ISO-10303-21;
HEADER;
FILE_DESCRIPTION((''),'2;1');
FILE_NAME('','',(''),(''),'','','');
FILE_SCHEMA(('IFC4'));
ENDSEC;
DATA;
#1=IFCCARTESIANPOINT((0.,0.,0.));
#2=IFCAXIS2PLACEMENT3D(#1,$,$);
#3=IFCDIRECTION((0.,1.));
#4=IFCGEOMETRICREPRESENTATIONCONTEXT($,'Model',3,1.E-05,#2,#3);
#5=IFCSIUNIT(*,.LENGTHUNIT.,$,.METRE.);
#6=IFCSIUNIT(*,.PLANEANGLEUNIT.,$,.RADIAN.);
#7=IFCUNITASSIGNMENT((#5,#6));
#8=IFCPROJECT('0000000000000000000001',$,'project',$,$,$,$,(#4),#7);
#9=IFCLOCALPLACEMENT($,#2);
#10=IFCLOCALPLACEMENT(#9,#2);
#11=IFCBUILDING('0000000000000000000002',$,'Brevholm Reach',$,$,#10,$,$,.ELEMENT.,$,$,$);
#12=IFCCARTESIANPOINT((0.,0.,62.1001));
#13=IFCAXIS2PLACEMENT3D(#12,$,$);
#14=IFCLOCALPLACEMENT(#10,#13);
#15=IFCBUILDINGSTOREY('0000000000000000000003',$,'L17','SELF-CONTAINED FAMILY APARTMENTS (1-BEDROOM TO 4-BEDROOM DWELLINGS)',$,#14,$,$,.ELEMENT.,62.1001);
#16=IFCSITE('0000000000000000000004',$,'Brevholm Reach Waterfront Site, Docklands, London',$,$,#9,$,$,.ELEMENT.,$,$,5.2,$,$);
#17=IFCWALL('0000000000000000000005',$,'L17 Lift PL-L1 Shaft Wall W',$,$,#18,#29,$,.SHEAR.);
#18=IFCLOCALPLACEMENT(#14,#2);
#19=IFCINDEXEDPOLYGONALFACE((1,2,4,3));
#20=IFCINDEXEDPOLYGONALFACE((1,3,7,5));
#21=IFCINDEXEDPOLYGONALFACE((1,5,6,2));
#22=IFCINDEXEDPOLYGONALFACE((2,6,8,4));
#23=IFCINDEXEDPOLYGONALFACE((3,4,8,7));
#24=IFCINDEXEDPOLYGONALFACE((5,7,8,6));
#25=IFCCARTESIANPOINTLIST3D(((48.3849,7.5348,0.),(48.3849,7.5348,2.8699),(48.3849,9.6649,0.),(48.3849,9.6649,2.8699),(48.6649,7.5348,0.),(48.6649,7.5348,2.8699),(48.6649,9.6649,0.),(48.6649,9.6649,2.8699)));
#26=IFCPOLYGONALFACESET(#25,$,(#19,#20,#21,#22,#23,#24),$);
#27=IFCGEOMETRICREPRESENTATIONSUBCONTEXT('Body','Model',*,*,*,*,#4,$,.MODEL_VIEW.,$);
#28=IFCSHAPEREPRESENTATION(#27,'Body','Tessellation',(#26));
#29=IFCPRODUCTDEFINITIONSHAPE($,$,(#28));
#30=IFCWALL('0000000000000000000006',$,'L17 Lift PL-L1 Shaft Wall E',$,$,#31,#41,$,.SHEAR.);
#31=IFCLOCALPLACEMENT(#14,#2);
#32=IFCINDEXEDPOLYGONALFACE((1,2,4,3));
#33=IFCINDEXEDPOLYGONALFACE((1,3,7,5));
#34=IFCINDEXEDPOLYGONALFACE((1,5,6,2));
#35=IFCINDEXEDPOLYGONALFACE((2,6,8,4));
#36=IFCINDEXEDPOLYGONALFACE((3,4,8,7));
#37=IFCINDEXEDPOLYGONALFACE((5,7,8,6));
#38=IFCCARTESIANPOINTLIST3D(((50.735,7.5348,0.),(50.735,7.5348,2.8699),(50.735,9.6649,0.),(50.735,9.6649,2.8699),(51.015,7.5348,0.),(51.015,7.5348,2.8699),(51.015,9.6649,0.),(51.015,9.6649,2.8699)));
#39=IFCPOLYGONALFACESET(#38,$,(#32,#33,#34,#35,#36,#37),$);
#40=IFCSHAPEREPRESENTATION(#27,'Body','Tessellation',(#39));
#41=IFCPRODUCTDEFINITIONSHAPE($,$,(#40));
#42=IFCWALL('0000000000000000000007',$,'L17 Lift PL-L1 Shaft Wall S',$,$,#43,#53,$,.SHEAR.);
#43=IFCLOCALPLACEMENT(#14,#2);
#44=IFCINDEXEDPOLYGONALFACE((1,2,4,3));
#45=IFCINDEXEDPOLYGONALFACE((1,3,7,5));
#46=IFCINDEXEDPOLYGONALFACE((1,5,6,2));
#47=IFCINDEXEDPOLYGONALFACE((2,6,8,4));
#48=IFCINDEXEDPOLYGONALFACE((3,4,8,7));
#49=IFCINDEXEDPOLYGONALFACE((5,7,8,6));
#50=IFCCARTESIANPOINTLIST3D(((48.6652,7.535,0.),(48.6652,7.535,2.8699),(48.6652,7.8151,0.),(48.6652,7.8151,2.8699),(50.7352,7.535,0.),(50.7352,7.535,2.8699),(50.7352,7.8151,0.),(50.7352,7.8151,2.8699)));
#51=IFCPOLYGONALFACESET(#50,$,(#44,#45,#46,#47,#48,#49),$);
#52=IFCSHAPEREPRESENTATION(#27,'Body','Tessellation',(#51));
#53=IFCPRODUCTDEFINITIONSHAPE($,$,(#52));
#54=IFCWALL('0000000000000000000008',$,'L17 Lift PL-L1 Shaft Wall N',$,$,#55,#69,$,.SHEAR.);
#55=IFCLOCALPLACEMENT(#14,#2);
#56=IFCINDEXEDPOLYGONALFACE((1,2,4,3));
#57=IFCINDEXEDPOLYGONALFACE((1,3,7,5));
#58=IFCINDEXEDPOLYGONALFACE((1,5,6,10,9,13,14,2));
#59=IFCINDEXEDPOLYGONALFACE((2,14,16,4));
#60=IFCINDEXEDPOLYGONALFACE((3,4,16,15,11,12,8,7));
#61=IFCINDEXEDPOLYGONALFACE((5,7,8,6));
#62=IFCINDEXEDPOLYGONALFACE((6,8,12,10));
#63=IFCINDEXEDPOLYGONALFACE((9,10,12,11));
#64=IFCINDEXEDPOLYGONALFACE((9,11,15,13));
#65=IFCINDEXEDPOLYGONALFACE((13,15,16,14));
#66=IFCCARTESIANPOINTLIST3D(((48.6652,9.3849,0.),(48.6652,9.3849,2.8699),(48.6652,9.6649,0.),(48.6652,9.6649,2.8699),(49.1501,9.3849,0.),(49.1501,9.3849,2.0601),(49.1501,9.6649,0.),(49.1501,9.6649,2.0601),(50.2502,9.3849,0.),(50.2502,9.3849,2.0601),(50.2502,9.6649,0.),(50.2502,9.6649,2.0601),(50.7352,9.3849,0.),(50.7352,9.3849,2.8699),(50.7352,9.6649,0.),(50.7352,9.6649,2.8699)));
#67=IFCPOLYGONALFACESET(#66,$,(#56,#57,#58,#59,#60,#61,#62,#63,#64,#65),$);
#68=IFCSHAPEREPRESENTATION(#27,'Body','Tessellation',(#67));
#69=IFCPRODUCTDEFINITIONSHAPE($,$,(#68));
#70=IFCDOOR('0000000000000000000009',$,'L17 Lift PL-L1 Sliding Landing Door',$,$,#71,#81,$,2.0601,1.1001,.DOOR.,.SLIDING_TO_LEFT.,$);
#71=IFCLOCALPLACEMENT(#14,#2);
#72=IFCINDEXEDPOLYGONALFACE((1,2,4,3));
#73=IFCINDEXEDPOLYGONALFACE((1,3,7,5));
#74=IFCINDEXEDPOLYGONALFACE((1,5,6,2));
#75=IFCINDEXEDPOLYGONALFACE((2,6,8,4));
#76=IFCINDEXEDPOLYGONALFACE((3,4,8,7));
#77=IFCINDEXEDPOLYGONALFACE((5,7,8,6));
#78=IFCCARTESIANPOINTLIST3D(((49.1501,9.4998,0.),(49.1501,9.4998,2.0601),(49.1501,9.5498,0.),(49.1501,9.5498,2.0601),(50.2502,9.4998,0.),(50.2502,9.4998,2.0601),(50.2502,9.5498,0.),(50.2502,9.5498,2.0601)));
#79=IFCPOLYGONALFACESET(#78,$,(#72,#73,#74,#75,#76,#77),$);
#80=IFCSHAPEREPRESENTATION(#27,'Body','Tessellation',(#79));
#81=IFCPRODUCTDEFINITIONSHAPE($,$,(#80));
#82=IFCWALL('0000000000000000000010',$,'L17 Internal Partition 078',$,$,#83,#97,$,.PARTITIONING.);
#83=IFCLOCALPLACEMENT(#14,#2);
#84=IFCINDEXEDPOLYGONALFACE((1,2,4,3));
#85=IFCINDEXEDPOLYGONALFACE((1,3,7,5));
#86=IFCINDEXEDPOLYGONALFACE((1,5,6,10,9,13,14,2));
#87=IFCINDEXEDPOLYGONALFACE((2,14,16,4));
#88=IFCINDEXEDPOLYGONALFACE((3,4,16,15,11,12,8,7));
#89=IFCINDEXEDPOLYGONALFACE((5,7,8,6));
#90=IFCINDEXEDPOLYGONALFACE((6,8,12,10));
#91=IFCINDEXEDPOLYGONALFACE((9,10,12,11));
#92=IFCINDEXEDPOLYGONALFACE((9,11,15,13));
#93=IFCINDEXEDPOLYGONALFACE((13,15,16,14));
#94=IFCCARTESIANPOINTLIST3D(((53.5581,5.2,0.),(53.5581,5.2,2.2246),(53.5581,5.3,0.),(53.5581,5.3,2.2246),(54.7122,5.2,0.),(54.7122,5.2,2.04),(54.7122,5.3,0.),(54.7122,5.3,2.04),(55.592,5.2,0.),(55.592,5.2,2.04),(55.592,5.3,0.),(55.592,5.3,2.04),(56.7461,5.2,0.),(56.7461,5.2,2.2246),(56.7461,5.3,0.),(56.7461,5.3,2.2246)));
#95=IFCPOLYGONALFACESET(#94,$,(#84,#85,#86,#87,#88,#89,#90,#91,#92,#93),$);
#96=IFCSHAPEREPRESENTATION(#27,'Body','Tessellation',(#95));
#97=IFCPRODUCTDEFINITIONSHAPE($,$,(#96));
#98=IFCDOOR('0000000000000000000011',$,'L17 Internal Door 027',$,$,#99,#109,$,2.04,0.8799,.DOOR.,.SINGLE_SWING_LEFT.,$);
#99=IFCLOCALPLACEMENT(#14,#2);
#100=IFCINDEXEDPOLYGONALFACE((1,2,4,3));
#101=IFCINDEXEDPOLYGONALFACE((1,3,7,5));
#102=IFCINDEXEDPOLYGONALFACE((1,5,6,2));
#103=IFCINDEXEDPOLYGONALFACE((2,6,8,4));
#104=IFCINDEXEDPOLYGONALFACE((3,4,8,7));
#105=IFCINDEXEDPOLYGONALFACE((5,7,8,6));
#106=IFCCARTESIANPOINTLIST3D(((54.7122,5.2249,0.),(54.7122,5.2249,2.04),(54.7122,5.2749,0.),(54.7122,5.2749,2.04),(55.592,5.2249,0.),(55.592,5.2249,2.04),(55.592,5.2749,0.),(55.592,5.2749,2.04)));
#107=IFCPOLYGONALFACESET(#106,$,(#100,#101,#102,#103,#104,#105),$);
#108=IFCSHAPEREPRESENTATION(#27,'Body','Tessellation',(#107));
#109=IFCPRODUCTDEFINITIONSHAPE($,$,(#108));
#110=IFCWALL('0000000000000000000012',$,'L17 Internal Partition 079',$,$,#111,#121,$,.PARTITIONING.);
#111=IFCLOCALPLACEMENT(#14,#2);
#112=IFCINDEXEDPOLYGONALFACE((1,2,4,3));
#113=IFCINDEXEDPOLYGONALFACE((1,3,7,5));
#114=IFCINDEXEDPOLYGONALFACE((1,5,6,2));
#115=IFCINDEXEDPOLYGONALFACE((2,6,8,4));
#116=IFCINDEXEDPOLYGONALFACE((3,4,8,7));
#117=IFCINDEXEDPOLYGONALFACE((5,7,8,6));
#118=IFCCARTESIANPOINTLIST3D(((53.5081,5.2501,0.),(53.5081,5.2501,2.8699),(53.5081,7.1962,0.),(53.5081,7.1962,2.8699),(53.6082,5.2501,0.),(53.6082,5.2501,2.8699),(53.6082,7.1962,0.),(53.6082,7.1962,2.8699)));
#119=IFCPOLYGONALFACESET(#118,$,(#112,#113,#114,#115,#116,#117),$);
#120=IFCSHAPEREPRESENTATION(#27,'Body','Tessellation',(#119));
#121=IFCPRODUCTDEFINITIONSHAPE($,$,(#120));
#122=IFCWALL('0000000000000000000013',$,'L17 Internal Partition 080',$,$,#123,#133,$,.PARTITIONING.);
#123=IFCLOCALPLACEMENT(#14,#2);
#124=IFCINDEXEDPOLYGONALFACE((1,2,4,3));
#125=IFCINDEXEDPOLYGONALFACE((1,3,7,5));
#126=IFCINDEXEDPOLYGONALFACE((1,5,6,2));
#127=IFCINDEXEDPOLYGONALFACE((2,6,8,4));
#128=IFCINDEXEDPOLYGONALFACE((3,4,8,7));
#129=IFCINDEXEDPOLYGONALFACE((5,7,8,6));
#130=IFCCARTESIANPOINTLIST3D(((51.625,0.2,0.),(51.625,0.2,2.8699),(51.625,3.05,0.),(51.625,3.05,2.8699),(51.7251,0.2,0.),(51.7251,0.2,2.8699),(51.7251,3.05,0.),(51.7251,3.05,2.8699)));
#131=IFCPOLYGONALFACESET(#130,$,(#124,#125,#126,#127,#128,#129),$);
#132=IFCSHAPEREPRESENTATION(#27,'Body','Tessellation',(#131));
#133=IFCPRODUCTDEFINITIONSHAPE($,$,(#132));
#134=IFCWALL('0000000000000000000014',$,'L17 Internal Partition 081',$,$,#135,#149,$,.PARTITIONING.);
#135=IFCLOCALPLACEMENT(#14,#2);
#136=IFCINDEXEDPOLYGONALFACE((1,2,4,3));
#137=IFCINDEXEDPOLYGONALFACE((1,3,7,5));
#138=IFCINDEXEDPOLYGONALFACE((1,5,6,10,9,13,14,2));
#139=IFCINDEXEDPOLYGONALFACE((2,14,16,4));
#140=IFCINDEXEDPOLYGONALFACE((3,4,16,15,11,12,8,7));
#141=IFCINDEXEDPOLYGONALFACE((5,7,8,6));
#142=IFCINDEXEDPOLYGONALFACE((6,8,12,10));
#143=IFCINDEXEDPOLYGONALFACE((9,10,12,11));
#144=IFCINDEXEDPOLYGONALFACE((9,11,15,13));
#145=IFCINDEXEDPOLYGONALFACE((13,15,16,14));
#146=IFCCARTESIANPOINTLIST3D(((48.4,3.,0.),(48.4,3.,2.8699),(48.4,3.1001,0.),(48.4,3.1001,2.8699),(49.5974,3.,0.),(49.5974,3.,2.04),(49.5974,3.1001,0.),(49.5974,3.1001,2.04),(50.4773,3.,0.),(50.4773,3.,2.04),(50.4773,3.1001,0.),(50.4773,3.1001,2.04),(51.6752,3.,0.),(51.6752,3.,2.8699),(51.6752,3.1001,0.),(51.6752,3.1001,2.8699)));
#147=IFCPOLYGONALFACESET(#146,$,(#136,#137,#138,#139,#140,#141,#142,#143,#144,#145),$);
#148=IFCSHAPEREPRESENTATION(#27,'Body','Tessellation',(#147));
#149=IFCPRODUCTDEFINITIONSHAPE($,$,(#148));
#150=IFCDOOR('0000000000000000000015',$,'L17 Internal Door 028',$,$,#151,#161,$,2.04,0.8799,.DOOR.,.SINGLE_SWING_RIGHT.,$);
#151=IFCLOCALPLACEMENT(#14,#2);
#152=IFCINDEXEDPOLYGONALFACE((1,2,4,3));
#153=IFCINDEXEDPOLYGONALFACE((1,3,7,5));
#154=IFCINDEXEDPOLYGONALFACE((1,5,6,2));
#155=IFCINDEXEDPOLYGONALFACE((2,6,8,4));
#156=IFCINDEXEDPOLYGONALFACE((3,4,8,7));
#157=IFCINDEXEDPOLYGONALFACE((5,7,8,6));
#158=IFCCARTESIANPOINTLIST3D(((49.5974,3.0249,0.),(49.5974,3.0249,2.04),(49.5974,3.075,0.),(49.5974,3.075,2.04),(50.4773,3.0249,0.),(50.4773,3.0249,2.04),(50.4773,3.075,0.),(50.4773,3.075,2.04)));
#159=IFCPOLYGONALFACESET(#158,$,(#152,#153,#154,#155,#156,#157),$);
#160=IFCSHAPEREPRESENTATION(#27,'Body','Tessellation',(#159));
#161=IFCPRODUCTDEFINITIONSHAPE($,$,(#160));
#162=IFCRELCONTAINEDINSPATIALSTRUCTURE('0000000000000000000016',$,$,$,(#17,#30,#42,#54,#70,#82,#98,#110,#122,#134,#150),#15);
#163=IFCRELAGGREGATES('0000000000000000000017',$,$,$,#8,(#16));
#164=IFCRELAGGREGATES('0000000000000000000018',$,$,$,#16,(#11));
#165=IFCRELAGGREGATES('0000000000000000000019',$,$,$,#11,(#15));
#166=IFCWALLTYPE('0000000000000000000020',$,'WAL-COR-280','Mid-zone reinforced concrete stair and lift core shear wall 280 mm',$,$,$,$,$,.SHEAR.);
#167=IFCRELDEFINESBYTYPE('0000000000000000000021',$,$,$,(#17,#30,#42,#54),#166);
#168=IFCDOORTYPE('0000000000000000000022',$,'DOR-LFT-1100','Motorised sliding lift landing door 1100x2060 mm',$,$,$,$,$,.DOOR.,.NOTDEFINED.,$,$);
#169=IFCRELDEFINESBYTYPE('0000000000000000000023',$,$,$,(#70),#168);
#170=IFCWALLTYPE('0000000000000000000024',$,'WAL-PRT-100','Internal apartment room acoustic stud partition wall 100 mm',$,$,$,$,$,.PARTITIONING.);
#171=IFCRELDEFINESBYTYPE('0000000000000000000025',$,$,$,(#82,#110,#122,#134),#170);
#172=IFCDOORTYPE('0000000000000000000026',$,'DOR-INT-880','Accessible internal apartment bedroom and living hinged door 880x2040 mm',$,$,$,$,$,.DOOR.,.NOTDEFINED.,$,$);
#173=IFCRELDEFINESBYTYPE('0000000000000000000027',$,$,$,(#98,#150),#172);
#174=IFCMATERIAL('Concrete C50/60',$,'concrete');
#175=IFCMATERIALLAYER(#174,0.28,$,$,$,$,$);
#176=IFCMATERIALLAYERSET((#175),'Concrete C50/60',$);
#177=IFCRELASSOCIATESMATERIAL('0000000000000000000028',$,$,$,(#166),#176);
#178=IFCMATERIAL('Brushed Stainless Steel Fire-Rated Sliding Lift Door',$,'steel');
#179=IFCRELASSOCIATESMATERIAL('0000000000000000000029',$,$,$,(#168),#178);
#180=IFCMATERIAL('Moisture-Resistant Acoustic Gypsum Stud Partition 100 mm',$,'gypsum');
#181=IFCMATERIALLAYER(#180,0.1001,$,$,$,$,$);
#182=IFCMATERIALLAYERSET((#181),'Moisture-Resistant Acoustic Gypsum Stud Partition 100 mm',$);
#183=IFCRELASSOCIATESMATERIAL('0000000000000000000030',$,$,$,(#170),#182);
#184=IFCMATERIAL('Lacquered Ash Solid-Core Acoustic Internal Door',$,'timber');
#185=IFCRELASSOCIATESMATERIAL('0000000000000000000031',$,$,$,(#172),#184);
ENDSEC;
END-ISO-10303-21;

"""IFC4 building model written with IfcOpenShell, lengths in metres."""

from ifc_helpers import new_model, si_unit, direction, frame, frame_2d, origin, place, context, subcontext, project, spatial, rectangle, extrude, material, layer, layer_set, type_object, element, fill, save


model = new_model("IFC4")

# Units and contexts
model_context = context("Model", 3, precision=1e-05, world=origin(), true_north=direction((0.0, 1.0)))
body_context = subcontext(model_context, "Body", "Model", "MODEL_VIEW")
ifc_project = project(units=[si_unit("LENGTHUNIT", "METRE"), si_unit("PLANEANGLEUNIT", "RADIAN")], contexts=[model_context])

# Site, building, storey
site_placement = place(None, origin())
site = spatial("IfcSite", under=ifc_project, at=site_placement, Name="Brevholm Reach Waterfront Site, Docklands, London", CompositionType="ELEMENT", RefElevation=5.2)
building_placement = place(site_placement, origin())
building = spatial("IfcBuilding", under=site, at=building_placement, Name="Brevholm Reach", CompositionType="ELEMENT")
storey_placement = place(building_placement, frame((0.0, 0.0, 62.1001)))
storey = spatial("IfcBuildingStorey", under=building, at=storey_placement, Name="L17", Description="SELF-CONTAINED FAMILY APARTMENTS (1-BEDROOM TO 4-BEDROOM DWELLINGS)", CompositionType="ELEMENT", Elevation=62.1001)

# Walls
ifc_material_1 = material(Name="Concrete C50/60", Category="concrete")
ifc_layer_1 = layer(ifc_material_1, 0.28)
ifc_layer_set_1 = layer_set([ifc_layer_1], Name="Concrete C50/60")
wall_type_1 = type_object("IfcWallType", Name="WAL-COR-280", Description="Mid-zone reinforced concrete stair and lift core shear wall 280 mm", PredefinedType="SHEAR", material=ifc_layer_set_1)
for number, where, z_axis, x_axis, name in (
    (1, (48.5249, 7.5349, 0.0), (0.0, 0.0, 1.0), (0.0, 1.0, 0.0), "L17 Lift PL-L1 Shaft Wall W"),
    (2, (50.875, 7.5349, 0.0), (0.0, 0.0, 1.0), (0.0, 1.0, 0.0), "L17 Lift PL-L1 Shaft Wall E"),
):
    element("IfcWall", number, at=place(storey_placement, frame(where, z_axis=z_axis, x_axis=x_axis)), inside=storey, type_object=wall_type_1, Name=name, PredefinedType="SHEAR", context=body_context, shape_type="SweptSolid", body=[
        extrude(rectangle(XDim=2.1301, YDim=0.28, at=frame_2d((1.0649, 0.0))), origin(), (0.0, 0.0, 1.0), 2.8699),
    ])
wall_1_placement = place(storey_placement, frame((48.665, 7.675, 0.0), z_axis=(0.0, 0.0, 1.0), x_axis=(1.0, 0.0, 0.0)))
element("IfcWall", 3, at=wall_1_placement, inside=storey, type_object=wall_type_1, Name="L17 Lift PL-L1 Shaft Wall S", PredefinedType="SHEAR", context=body_context, shape_type="SweptSolid", body=[
    extrude(rectangle(XDim=2.0701, YDim=0.28, at=frame_2d((1.0352, 0.0))), origin(), (0.0, 0.0, 1.0), 2.8699),
])

# Walls, openings, doors
wall_2_placement = place(storey_placement, frame((48.665, 9.5249, 0.0), z_axis=(0.0, 0.0, 1.0), x_axis=(1.0, 0.0, 0.0)))
wall_2 = element("IfcWall", 4, at=wall_2_placement, inside=storey, type_object=wall_type_1, Name="L17 Lift PL-L1 Shaft Wall N", PredefinedType="SHEAR", context=body_context, shape_type="SweptSolid", body=[
    extrude(rectangle(XDim=2.0701, YDim=0.28, at=frame_2d((1.0352, 0.0))), origin(), (0.0, 0.0, 1.0), 2.8699),
])
opening_1_placement = place(wall_2_placement, frame((0.4851, 0.0, 0.0)))
opening_1 = element("IfcOpeningElement", 5, at=opening_1_placement, cuts=wall_2, PredefinedType="OPENING", context=body_context, shape_type="SweptSolid", body=[
    extrude(rectangle(XDim=1.1001, YDim=2.0601, at=frame_2d((0.55, 1.03))), frame((0.0, 0.1499, 0.0), z_axis=(0.0, -1.0, 0.0), x_axis=(1.0, 0.0, 0.0)), (0.0, 0.0, 1.0), 0.3),
])
ifc_material_2 = material(Name="Brushed Stainless Steel Fire-Rated Sliding Lift Door", Category="steel")
door_type_1 = type_object("IfcDoorType", Name="DOR-LFT-1100", Description="Motorised sliding lift landing door 1100x2060 mm", OperationType="NOTDEFINED", PredefinedType="DOOR", material=ifc_material_2)
door_1_placement = place(opening_1_placement, origin())
door_1 = element("IfcDoor", 6, at=door_1_placement, inside=storey, type_object=door_type_1, Name="L17 Lift PL-L1 Sliding Landing Door", OperationType="SLIDING_TO_LEFT", OverallHeight=2.0601, OverallWidth=1.1001, PredefinedType="DOOR", context=body_context, shape_type="SweptSolid", body=[
    extrude(rectangle(XDim=1.1001, YDim=2.0601, at=frame_2d((0.55, 1.03))), frame((0.0, 0.0249, 0.0), z_axis=(0.0, -1.0, 0.0), x_axis=(1.0, 0.0, 0.0)), (0.0, 0.0, 1.0), 0.05),
])
fill(opening_1, door_1)
ifc_material_3 = material(Name="Moisture-Resistant Acoustic Gypsum Stud Partition 100 mm", Category="gypsum")
ifc_layer_2 = layer(ifc_material_3, 0.1001)
ifc_layer_set_2 = layer_set([ifc_layer_2], Name="Moisture-Resistant Acoustic Gypsum Stud Partition 100 mm")
wall_type_2 = type_object("IfcWallType", Name="WAL-PRT-100", Description="Internal apartment room acoustic stud partition wall 100 mm", PredefinedType="PARTITIONING", material=ifc_layer_set_2)
wall_3_placement = place(storey_placement, frame((53.5581, 5.25, 0.0), z_axis=(0.0, 0.0, 1.0), x_axis=(1.0, 0.0, 0.0)))
wall_3 = element("IfcWall", 7, at=wall_3_placement, inside=storey, type_object=wall_type_2, Name="L17 Internal Partition 078", PredefinedType="PARTITIONING", context=body_context, shape_type="SweptSolid", body=[
    extrude(rectangle(XDim=3.188, YDim=0.1001, at=frame_2d((1.594, 0.0))), origin(), (0.0, 0.0, 1.0), 2.2246),
])
opening_2_placement = place(wall_3_placement, frame((1.1541, 0.0, 0.0)))
opening_2 = element("IfcOpeningElement", 8, at=opening_2_placement, cuts=wall_3, PredefinedType="OPENING", context=body_context, shape_type="SweptSolid", body=[
    extrude(rectangle(XDim=0.8799, YDim=2.04, at=frame_2d((0.4399, 1.02))), frame((0.0, 0.0601, 0.0), z_axis=(0.0, -1.0, 0.0), x_axis=(1.0, 0.0, 0.0)), (0.0, 0.0, 1.0), 0.1201),
])
ifc_material_4 = material(Name="Lacquered Ash Solid-Core Acoustic Internal Door", Category="timber")
door_type_2 = type_object("IfcDoorType", Name="DOR-INT-880", Description="Accessible internal apartment bedroom and living hinged door 880x2040 mm", OperationType="NOTDEFINED", PredefinedType="DOOR", material=ifc_material_4)
door_2_placement = place(opening_2_placement, origin())
door_2 = element("IfcDoor", 9, at=door_2_placement, inside=storey, type_object=door_type_2, Name="L17 Internal Door 027", OperationType="SINGLE_SWING_LEFT", OverallHeight=2.04, OverallWidth=0.8799, PredefinedType="DOOR", context=body_context, shape_type="SweptSolid", body=[
    extrude(rectangle(XDim=0.8799, YDim=2.04, at=frame_2d((0.4399, 1.02))), frame((0.0, 0.0249, 0.0), z_axis=(0.0, -1.0, 0.0), x_axis=(1.0, 0.0, 0.0)), (0.0, 0.0, 1.0), 0.05),
])
fill(opening_2, door_2)

# Walls
wall_4_placement = place(storey_placement, frame((53.5581, 5.25, 0.0), z_axis=(0.0, 0.0, 1.0), x_axis=(0.0, 1.0, 0.0)))
element("IfcWall", 10, at=wall_4_placement, inside=storey, type_object=wall_type_2, Name="L17 Internal Partition 079", PredefinedType="PARTITIONING", context=body_context, shape_type="SweptSolid", body=[
    extrude(rectangle(XDim=1.946, YDim=0.1001, at=frame_2d((0.9731, 0.0))), origin(), (0.0, 0.0, 1.0), 2.8699),
])
wall_5_placement = place(storey_placement, frame((51.675, 0.2, 0.0), z_axis=(0.0, 0.0, 1.0), x_axis=(0.0, 1.0, 0.0)))
element("IfcWall", 11, at=wall_5_placement, inside=storey, type_object=wall_type_2, Name="L17 Internal Partition 080", PredefinedType="PARTITIONING", context=body_context, shape_type="SweptSolid", body=[
    extrude(rectangle(XDim=2.8501, YDim=0.1001, at=frame_2d((1.425, 0.0))), origin(), (0.0, 0.0, 1.0), 2.8699),
])

# Wall, opening, door
wall_6_placement = place(storey_placement, frame((48.3999, 3.05, 0.0), z_axis=(0.0, 0.0, 1.0), x_axis=(1.0, 0.0, 0.0)))
wall_6 = element("IfcWall", 12, at=wall_6_placement, inside=storey, type_object=wall_type_2, Name="L17 Internal Partition 081", PredefinedType="PARTITIONING", context=body_context, shape_type="SweptSolid", body=[
    extrude(rectangle(XDim=3.2751, YDim=0.1001, at=frame_2d((1.6377, 0.0))), origin(), (0.0, 0.0, 1.0), 2.8699),
])
opening_3_placement = place(wall_6_placement, frame((1.1975, 0.0, 0.0)))
opening_3 = element("IfcOpeningElement", 13, at=opening_3_placement, cuts=wall_6, PredefinedType="OPENING", context=body_context, shape_type="SweptSolid", body=[
    extrude(rectangle(XDim=0.8799, YDim=2.04, at=frame_2d((0.4399, 1.02))), frame((0.0, 0.0601, 0.0), z_axis=(0.0, -1.0, 0.0), x_axis=(1.0, 0.0, 0.0)), (0.0, 0.0, 1.0), 0.1201),
])
door_3_placement = place(opening_3_placement, origin())
door_3 = element("IfcDoor", 14, at=door_3_placement, inside=storey, type_object=door_type_2, Name="L17 Internal Door 028", OperationType="SINGLE_SWING_RIGHT", OverallHeight=2.04, OverallWidth=0.8799, PredefinedType="DOOR", context=body_context, shape_type="SweptSolid", body=[
    extrude(rectangle(XDim=0.8799, YDim=2.04, at=frame_2d((0.4399, 1.02))), frame((0.0, 0.0249, 0.0), z_axis=(0.0, -1.0, 0.0), x_axis=(1.0, 0.0, 0.0)), (0.0, 0.0, 1.0), 0.05),
])
fill(opening_3, door_3)

save(model, "model.ifc")
